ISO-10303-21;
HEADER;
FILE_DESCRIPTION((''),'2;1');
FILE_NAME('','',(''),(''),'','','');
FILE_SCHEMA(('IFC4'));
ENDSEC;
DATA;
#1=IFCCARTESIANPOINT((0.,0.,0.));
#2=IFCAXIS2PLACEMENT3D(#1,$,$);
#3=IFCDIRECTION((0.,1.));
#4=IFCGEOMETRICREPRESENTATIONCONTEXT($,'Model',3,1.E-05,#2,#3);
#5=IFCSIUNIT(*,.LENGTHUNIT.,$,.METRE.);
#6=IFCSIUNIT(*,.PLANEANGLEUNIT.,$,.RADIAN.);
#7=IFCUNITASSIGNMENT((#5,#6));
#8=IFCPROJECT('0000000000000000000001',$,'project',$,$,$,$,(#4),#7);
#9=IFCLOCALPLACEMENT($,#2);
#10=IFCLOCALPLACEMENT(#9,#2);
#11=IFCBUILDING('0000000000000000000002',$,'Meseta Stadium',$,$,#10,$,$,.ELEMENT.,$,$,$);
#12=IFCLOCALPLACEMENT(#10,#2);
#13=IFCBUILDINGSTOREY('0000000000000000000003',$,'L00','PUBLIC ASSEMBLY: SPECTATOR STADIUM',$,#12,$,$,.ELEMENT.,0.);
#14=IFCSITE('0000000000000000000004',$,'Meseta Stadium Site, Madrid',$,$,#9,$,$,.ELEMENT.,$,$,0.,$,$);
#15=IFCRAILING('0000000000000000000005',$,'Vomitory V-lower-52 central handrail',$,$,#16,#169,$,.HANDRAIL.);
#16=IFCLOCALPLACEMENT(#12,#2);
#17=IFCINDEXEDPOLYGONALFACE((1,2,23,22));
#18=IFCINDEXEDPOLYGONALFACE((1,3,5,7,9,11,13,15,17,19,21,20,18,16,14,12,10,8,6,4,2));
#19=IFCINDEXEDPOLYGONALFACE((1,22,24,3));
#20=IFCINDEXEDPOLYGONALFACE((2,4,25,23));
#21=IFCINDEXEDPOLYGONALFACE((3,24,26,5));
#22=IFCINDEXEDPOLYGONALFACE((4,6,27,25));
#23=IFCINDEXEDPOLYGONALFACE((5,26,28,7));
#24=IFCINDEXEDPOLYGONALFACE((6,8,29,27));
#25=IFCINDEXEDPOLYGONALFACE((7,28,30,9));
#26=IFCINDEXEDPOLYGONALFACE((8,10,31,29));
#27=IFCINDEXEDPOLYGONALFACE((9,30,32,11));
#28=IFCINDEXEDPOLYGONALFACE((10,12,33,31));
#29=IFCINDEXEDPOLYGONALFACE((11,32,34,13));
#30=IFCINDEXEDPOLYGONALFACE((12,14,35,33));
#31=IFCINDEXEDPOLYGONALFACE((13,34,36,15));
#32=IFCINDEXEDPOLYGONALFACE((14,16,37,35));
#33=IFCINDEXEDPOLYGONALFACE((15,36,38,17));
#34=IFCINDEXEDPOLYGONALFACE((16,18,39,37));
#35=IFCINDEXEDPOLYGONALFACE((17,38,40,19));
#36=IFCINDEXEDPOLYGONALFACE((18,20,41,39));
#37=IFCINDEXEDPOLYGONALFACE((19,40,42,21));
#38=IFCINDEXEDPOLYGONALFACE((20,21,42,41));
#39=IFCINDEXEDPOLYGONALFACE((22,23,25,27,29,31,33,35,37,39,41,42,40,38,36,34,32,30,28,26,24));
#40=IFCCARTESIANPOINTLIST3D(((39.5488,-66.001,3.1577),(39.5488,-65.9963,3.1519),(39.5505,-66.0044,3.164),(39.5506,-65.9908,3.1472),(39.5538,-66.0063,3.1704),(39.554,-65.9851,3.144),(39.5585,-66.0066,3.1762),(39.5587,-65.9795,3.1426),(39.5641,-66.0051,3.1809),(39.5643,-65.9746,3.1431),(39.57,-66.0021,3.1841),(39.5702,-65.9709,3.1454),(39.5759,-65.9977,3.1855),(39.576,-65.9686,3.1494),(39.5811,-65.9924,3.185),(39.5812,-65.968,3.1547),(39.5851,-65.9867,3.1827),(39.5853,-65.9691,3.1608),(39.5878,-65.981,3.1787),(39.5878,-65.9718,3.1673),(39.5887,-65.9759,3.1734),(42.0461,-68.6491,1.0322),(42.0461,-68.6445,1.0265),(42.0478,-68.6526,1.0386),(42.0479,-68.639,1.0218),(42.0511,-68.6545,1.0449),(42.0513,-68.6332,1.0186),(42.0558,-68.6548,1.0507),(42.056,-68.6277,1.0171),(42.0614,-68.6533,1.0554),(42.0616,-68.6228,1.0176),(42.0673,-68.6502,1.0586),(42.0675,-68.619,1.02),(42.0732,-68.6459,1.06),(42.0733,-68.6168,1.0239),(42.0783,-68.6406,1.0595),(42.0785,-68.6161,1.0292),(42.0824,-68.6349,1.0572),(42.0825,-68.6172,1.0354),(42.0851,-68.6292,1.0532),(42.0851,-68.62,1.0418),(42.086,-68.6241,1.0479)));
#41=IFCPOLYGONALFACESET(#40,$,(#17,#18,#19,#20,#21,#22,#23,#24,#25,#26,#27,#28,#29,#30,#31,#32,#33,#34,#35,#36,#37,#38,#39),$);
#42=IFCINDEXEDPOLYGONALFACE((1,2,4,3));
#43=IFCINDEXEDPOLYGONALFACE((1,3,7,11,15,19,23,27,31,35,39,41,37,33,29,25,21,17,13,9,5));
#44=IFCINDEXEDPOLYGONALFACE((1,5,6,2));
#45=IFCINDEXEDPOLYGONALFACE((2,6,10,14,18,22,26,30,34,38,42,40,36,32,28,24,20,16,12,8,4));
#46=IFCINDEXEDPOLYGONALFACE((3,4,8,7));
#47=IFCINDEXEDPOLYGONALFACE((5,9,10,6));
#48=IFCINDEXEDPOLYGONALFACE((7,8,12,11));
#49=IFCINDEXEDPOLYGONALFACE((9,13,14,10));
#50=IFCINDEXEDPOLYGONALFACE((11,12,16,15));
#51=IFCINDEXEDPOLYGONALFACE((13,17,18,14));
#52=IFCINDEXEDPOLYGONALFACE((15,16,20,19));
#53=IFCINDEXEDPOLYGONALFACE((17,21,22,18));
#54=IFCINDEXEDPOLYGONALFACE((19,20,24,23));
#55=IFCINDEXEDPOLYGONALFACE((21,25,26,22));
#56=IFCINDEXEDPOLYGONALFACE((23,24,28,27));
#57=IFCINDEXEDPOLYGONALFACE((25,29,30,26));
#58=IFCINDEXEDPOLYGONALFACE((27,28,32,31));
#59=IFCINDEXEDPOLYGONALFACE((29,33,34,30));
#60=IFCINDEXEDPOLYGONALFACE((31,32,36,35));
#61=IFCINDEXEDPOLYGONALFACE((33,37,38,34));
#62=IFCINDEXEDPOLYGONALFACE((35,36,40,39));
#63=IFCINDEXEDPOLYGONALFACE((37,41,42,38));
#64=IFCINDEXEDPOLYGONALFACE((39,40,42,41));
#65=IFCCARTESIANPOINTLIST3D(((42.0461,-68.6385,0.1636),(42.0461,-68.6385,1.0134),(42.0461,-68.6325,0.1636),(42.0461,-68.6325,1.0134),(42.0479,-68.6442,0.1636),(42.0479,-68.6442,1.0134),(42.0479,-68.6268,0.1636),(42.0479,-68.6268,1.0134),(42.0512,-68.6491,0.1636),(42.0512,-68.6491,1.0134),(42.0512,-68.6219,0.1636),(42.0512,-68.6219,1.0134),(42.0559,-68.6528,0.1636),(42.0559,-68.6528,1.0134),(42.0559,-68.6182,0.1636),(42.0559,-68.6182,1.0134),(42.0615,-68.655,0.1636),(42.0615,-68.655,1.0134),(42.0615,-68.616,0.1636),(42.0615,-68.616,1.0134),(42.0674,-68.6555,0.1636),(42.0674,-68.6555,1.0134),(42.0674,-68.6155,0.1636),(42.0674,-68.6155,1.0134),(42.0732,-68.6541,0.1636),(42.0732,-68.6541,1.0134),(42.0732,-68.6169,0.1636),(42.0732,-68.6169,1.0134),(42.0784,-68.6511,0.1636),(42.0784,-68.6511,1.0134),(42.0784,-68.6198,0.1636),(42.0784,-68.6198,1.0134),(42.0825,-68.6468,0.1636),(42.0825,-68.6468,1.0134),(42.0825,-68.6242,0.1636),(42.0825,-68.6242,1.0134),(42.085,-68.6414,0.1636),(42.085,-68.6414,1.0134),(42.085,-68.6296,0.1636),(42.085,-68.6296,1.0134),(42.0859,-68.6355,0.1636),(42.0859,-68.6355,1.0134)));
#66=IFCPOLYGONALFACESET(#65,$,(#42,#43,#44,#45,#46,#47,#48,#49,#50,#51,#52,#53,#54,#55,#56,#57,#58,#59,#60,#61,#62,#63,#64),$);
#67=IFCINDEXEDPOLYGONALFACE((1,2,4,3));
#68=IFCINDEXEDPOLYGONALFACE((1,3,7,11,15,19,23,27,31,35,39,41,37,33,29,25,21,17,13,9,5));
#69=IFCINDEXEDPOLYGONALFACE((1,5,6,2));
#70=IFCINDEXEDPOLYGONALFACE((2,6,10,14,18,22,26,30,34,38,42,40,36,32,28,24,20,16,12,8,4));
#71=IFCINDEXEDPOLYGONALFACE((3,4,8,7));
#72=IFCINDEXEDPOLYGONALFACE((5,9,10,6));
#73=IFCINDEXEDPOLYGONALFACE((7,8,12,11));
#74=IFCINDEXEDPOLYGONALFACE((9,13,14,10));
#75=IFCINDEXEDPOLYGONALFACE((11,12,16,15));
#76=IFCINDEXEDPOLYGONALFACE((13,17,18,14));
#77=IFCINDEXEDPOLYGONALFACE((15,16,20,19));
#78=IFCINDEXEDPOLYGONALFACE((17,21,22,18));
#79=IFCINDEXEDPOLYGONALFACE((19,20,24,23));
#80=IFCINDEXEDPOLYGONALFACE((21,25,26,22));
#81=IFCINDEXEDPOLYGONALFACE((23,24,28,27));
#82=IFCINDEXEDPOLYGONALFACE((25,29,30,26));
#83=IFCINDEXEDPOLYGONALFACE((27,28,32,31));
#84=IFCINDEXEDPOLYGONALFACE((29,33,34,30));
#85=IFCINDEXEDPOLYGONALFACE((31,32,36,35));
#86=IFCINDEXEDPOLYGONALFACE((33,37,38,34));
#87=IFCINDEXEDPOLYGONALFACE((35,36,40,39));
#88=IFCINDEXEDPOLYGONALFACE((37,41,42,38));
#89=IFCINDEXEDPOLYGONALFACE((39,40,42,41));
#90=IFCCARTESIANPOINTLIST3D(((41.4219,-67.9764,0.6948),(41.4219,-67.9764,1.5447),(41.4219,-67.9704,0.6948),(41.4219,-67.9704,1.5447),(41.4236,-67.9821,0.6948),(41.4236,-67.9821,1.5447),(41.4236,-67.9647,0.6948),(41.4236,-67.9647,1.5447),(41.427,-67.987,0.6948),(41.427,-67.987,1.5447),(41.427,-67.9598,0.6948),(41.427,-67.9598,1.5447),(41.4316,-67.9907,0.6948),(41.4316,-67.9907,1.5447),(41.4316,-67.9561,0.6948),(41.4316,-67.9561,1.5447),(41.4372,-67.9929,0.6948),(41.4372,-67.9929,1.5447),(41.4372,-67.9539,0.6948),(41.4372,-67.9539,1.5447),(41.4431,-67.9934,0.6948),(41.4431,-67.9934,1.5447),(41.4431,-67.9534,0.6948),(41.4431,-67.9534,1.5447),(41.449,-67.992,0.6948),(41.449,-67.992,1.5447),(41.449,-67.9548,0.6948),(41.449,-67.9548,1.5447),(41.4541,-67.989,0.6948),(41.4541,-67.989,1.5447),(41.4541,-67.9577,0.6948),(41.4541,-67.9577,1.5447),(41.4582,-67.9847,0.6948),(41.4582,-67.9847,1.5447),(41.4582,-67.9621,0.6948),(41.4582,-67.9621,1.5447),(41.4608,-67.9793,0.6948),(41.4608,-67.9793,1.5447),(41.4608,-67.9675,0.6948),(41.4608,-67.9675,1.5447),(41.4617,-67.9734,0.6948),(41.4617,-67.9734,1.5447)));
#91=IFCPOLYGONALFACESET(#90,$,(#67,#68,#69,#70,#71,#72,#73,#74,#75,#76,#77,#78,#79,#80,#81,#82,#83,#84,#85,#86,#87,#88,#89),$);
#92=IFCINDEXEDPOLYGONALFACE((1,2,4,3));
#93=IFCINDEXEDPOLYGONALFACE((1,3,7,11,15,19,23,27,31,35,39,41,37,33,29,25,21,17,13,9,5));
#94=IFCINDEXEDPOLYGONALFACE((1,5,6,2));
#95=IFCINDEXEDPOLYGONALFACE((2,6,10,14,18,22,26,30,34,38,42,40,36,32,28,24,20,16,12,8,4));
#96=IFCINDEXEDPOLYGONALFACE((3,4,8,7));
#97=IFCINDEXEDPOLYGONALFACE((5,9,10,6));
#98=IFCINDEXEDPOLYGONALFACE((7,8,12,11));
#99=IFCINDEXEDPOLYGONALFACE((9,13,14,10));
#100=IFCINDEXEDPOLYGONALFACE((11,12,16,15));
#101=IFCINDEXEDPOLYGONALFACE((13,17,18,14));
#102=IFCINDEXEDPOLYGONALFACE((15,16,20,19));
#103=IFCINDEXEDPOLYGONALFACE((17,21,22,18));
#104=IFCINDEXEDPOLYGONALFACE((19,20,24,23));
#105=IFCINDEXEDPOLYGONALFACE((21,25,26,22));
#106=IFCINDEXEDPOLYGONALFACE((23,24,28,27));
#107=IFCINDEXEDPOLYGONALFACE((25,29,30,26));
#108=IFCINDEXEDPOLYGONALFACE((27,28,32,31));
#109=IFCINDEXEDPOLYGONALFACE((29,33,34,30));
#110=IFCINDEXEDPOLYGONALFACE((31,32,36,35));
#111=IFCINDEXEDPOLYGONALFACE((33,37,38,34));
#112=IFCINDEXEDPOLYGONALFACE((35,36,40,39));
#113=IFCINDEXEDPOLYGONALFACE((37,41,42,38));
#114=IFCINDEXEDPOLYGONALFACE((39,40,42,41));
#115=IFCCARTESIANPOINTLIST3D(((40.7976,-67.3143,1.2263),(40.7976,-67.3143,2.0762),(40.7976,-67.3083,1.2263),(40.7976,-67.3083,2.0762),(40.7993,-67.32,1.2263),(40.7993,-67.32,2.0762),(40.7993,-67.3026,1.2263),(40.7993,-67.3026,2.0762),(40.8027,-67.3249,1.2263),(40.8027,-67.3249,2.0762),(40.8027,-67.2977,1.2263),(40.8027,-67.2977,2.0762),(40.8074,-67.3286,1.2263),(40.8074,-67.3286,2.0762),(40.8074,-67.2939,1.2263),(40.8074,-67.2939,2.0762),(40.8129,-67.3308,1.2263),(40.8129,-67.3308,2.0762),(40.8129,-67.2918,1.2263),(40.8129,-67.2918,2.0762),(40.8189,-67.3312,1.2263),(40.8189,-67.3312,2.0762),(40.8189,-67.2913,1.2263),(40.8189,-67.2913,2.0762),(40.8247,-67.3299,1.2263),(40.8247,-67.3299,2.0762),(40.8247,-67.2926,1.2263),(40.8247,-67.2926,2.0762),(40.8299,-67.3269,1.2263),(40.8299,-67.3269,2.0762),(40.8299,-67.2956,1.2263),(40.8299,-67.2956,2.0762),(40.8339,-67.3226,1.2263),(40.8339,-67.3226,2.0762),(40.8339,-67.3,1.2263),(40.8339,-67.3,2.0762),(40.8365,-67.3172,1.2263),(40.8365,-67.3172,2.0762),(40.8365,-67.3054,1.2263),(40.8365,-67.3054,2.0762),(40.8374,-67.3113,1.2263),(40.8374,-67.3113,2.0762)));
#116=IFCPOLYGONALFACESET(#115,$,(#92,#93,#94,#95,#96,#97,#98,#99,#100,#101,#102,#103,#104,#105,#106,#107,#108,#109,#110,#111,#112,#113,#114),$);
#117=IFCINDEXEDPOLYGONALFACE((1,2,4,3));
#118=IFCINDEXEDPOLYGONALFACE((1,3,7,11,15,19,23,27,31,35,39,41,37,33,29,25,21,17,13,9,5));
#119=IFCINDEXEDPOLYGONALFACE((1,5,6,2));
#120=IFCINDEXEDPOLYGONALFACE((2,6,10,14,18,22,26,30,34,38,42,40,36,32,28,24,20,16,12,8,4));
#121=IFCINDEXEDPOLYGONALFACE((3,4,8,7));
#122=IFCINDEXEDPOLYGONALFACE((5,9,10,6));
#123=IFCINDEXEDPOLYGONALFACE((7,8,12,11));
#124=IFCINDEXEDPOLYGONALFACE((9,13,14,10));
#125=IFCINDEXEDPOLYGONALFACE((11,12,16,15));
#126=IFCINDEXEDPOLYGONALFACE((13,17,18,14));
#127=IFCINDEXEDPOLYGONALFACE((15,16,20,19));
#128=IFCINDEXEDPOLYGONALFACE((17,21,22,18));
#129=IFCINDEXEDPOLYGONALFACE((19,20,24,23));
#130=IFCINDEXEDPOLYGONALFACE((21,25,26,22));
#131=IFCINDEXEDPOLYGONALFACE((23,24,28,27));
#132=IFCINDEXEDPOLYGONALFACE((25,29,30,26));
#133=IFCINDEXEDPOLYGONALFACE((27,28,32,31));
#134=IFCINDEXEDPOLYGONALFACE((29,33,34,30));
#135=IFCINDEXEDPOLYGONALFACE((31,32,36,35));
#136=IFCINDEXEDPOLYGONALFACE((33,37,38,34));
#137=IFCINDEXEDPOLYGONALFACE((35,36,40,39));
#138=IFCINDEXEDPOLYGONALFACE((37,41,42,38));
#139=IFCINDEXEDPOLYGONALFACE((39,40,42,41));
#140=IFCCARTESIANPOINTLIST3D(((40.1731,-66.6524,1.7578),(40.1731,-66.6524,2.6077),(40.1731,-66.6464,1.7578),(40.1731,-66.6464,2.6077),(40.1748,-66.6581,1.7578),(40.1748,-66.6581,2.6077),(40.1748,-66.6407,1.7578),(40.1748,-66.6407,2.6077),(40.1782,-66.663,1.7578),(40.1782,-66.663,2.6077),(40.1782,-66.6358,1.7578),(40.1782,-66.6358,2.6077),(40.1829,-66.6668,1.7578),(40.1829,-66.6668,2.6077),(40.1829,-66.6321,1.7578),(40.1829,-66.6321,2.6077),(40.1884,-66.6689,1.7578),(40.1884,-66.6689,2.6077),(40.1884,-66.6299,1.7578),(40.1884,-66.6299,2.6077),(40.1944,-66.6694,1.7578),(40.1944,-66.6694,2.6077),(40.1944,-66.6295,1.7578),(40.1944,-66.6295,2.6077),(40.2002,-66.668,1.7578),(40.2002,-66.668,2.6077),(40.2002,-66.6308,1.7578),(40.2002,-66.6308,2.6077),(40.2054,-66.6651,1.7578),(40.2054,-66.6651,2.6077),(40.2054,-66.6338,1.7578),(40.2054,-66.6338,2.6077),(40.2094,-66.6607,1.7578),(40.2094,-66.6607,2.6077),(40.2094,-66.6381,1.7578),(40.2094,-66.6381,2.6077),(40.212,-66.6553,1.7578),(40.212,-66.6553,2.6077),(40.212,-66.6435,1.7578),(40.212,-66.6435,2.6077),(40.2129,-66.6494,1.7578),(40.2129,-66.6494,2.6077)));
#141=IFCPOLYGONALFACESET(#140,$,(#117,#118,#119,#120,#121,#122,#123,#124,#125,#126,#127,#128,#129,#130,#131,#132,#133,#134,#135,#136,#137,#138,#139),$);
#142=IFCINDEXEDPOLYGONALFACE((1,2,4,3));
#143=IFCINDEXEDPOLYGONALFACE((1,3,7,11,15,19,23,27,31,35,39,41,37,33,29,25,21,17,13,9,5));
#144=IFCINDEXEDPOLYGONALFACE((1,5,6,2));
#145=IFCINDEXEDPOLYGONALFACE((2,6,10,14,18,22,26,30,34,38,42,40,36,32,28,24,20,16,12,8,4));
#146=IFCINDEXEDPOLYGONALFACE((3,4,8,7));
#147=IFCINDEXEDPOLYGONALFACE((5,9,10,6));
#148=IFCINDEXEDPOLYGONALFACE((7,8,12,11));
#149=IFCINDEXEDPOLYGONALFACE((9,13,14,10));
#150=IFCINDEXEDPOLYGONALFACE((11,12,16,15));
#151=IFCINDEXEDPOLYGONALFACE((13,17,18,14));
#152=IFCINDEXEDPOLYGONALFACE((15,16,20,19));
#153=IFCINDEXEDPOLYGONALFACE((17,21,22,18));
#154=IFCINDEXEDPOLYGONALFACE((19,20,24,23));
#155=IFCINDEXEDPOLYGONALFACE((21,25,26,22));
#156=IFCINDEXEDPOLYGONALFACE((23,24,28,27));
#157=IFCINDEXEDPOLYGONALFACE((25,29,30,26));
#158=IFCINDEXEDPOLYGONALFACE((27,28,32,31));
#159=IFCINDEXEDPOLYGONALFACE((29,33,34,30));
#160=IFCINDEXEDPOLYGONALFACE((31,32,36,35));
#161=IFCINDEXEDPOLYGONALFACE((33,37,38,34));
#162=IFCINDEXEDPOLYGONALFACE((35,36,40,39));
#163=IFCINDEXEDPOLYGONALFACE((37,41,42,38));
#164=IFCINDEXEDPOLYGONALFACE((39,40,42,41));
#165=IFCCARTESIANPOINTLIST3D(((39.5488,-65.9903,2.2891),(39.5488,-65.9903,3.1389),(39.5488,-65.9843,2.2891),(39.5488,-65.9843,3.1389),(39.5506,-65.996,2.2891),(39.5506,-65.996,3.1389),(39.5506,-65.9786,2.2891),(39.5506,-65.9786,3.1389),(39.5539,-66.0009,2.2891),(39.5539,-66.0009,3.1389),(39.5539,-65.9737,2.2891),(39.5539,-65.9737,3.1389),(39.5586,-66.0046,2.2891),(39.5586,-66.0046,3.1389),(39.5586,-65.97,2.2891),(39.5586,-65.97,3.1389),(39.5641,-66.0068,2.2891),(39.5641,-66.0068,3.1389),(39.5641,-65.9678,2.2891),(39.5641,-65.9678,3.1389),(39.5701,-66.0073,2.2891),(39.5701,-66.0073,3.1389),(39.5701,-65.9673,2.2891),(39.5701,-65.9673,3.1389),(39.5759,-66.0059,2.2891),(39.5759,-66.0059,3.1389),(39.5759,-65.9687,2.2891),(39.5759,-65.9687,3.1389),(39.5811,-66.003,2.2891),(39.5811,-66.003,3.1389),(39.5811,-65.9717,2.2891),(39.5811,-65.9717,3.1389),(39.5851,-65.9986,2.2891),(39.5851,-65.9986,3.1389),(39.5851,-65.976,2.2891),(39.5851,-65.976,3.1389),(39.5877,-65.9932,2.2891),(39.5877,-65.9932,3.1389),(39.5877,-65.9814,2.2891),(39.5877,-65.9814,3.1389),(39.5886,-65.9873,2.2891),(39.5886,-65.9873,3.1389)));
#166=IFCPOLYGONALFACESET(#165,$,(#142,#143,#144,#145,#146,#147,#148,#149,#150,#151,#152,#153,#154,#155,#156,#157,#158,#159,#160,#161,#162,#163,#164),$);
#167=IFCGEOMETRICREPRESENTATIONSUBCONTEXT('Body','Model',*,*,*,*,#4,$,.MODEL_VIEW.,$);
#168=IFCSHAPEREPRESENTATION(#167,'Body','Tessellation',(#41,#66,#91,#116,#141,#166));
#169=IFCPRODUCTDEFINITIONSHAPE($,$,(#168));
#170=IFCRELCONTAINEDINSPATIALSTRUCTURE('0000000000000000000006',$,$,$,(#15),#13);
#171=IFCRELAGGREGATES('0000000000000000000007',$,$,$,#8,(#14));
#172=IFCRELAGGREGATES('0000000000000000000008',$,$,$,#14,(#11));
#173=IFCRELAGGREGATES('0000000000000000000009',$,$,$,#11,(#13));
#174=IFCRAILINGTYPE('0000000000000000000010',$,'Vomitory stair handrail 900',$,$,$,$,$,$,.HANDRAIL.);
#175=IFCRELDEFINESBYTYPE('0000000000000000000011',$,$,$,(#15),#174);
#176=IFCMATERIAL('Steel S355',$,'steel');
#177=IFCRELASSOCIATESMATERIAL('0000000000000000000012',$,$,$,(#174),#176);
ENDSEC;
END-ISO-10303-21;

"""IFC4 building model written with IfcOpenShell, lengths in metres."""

from ifc_helpers import new_model, si_unit, direction, frame, origin, origin_2d, place, context, subcontext, project, spatial, circle, extrude, material, type_object, element, save


model = new_model("IFC4")

# Units and contexts
model_context = context("Model", 3, precision=1e-05, world=origin(), true_north=direction((0.0, 1.0)))
body_context = subcontext(model_context, "Body", "Model", "MODEL_VIEW")
ifc_project = project(units=[si_unit("LENGTHUNIT", "METRE"), si_unit("PLANEANGLEUNIT", "RADIAN")], contexts=[model_context])

# Site, building, storey
site_placement = place(None, origin())
site = spatial("IfcSite", under=ifc_project, at=site_placement, Name="Meseta Stadium Site, Madrid", CompositionType="ELEMENT", RefElevation=0.0)
building_placement = place(site_placement, origin())
building = spatial("IfcBuilding", under=site, at=building_placement, Name="Meseta Stadium", CompositionType="ELEMENT")
storey_placement = place(building_placement, origin())
storey = spatial("IfcBuildingStorey", under=building, at=storey_placement, Name="L00", Description="PUBLIC ASSEMBLY: SPECTATOR STADIUM", CompositionType="ELEMENT", Elevation=0.0)

# Railing
ifc_material_1 = material(Name="Steel S355", Category="steel")
railing_type_1 = type_object("IfcRailingType", Name="Vomitory stair handrail 900", PredefinedType="HANDRAIL", material=ifc_material_1)
railing_1_placement = place(storey_placement, frame((42.0659, -68.6355, 0.1636)))
element("IfcRailing", 1, at=railing_1_placement, inside=storey, type_object=railing_type_1, Name="Vomitory V-lower-52 central handrail", PredefinedType="HANDRAIL", context=body_context, shape_type="SweptSolid", body=[
    extrude(circle(Radius=0.0249, at=origin_2d()), frame((0.0, 0.0, 0.875), z_axis=(-0.592466, 0.628261, 0.504254), x_axis=(-0.727528, -0.686078, 0.0)), (0.0, 0.0, 1.0), 4.2151),
    extrude(circle(Radius=0.02, at=origin_2d()), origin(), (0.0, 0.0, 1.0), 0.8499),
    extrude(circle(Radius=0.02, at=origin_2d()), frame((-0.6243, 0.6621, 0.5312)), (0.0, 0.0, 1.0), 0.8499),
    extrude(circle(Radius=0.02, at=origin_2d()), frame((-1.2485, 1.3242, 1.0627)), (0.0, 0.0, 1.0), 0.8499),
    extrude(circle(Radius=0.02, at=origin_2d()), frame((-1.873, 1.9861, 1.5942)), (0.0, 0.0, 1.0), 0.8499),
    extrude(circle(Radius=0.02, at=origin_2d()), frame((-2.4973, 2.6482, 2.1255)), (0.0, 0.0, 1.0), 0.8499),
])

save(model, "model.ifc")
